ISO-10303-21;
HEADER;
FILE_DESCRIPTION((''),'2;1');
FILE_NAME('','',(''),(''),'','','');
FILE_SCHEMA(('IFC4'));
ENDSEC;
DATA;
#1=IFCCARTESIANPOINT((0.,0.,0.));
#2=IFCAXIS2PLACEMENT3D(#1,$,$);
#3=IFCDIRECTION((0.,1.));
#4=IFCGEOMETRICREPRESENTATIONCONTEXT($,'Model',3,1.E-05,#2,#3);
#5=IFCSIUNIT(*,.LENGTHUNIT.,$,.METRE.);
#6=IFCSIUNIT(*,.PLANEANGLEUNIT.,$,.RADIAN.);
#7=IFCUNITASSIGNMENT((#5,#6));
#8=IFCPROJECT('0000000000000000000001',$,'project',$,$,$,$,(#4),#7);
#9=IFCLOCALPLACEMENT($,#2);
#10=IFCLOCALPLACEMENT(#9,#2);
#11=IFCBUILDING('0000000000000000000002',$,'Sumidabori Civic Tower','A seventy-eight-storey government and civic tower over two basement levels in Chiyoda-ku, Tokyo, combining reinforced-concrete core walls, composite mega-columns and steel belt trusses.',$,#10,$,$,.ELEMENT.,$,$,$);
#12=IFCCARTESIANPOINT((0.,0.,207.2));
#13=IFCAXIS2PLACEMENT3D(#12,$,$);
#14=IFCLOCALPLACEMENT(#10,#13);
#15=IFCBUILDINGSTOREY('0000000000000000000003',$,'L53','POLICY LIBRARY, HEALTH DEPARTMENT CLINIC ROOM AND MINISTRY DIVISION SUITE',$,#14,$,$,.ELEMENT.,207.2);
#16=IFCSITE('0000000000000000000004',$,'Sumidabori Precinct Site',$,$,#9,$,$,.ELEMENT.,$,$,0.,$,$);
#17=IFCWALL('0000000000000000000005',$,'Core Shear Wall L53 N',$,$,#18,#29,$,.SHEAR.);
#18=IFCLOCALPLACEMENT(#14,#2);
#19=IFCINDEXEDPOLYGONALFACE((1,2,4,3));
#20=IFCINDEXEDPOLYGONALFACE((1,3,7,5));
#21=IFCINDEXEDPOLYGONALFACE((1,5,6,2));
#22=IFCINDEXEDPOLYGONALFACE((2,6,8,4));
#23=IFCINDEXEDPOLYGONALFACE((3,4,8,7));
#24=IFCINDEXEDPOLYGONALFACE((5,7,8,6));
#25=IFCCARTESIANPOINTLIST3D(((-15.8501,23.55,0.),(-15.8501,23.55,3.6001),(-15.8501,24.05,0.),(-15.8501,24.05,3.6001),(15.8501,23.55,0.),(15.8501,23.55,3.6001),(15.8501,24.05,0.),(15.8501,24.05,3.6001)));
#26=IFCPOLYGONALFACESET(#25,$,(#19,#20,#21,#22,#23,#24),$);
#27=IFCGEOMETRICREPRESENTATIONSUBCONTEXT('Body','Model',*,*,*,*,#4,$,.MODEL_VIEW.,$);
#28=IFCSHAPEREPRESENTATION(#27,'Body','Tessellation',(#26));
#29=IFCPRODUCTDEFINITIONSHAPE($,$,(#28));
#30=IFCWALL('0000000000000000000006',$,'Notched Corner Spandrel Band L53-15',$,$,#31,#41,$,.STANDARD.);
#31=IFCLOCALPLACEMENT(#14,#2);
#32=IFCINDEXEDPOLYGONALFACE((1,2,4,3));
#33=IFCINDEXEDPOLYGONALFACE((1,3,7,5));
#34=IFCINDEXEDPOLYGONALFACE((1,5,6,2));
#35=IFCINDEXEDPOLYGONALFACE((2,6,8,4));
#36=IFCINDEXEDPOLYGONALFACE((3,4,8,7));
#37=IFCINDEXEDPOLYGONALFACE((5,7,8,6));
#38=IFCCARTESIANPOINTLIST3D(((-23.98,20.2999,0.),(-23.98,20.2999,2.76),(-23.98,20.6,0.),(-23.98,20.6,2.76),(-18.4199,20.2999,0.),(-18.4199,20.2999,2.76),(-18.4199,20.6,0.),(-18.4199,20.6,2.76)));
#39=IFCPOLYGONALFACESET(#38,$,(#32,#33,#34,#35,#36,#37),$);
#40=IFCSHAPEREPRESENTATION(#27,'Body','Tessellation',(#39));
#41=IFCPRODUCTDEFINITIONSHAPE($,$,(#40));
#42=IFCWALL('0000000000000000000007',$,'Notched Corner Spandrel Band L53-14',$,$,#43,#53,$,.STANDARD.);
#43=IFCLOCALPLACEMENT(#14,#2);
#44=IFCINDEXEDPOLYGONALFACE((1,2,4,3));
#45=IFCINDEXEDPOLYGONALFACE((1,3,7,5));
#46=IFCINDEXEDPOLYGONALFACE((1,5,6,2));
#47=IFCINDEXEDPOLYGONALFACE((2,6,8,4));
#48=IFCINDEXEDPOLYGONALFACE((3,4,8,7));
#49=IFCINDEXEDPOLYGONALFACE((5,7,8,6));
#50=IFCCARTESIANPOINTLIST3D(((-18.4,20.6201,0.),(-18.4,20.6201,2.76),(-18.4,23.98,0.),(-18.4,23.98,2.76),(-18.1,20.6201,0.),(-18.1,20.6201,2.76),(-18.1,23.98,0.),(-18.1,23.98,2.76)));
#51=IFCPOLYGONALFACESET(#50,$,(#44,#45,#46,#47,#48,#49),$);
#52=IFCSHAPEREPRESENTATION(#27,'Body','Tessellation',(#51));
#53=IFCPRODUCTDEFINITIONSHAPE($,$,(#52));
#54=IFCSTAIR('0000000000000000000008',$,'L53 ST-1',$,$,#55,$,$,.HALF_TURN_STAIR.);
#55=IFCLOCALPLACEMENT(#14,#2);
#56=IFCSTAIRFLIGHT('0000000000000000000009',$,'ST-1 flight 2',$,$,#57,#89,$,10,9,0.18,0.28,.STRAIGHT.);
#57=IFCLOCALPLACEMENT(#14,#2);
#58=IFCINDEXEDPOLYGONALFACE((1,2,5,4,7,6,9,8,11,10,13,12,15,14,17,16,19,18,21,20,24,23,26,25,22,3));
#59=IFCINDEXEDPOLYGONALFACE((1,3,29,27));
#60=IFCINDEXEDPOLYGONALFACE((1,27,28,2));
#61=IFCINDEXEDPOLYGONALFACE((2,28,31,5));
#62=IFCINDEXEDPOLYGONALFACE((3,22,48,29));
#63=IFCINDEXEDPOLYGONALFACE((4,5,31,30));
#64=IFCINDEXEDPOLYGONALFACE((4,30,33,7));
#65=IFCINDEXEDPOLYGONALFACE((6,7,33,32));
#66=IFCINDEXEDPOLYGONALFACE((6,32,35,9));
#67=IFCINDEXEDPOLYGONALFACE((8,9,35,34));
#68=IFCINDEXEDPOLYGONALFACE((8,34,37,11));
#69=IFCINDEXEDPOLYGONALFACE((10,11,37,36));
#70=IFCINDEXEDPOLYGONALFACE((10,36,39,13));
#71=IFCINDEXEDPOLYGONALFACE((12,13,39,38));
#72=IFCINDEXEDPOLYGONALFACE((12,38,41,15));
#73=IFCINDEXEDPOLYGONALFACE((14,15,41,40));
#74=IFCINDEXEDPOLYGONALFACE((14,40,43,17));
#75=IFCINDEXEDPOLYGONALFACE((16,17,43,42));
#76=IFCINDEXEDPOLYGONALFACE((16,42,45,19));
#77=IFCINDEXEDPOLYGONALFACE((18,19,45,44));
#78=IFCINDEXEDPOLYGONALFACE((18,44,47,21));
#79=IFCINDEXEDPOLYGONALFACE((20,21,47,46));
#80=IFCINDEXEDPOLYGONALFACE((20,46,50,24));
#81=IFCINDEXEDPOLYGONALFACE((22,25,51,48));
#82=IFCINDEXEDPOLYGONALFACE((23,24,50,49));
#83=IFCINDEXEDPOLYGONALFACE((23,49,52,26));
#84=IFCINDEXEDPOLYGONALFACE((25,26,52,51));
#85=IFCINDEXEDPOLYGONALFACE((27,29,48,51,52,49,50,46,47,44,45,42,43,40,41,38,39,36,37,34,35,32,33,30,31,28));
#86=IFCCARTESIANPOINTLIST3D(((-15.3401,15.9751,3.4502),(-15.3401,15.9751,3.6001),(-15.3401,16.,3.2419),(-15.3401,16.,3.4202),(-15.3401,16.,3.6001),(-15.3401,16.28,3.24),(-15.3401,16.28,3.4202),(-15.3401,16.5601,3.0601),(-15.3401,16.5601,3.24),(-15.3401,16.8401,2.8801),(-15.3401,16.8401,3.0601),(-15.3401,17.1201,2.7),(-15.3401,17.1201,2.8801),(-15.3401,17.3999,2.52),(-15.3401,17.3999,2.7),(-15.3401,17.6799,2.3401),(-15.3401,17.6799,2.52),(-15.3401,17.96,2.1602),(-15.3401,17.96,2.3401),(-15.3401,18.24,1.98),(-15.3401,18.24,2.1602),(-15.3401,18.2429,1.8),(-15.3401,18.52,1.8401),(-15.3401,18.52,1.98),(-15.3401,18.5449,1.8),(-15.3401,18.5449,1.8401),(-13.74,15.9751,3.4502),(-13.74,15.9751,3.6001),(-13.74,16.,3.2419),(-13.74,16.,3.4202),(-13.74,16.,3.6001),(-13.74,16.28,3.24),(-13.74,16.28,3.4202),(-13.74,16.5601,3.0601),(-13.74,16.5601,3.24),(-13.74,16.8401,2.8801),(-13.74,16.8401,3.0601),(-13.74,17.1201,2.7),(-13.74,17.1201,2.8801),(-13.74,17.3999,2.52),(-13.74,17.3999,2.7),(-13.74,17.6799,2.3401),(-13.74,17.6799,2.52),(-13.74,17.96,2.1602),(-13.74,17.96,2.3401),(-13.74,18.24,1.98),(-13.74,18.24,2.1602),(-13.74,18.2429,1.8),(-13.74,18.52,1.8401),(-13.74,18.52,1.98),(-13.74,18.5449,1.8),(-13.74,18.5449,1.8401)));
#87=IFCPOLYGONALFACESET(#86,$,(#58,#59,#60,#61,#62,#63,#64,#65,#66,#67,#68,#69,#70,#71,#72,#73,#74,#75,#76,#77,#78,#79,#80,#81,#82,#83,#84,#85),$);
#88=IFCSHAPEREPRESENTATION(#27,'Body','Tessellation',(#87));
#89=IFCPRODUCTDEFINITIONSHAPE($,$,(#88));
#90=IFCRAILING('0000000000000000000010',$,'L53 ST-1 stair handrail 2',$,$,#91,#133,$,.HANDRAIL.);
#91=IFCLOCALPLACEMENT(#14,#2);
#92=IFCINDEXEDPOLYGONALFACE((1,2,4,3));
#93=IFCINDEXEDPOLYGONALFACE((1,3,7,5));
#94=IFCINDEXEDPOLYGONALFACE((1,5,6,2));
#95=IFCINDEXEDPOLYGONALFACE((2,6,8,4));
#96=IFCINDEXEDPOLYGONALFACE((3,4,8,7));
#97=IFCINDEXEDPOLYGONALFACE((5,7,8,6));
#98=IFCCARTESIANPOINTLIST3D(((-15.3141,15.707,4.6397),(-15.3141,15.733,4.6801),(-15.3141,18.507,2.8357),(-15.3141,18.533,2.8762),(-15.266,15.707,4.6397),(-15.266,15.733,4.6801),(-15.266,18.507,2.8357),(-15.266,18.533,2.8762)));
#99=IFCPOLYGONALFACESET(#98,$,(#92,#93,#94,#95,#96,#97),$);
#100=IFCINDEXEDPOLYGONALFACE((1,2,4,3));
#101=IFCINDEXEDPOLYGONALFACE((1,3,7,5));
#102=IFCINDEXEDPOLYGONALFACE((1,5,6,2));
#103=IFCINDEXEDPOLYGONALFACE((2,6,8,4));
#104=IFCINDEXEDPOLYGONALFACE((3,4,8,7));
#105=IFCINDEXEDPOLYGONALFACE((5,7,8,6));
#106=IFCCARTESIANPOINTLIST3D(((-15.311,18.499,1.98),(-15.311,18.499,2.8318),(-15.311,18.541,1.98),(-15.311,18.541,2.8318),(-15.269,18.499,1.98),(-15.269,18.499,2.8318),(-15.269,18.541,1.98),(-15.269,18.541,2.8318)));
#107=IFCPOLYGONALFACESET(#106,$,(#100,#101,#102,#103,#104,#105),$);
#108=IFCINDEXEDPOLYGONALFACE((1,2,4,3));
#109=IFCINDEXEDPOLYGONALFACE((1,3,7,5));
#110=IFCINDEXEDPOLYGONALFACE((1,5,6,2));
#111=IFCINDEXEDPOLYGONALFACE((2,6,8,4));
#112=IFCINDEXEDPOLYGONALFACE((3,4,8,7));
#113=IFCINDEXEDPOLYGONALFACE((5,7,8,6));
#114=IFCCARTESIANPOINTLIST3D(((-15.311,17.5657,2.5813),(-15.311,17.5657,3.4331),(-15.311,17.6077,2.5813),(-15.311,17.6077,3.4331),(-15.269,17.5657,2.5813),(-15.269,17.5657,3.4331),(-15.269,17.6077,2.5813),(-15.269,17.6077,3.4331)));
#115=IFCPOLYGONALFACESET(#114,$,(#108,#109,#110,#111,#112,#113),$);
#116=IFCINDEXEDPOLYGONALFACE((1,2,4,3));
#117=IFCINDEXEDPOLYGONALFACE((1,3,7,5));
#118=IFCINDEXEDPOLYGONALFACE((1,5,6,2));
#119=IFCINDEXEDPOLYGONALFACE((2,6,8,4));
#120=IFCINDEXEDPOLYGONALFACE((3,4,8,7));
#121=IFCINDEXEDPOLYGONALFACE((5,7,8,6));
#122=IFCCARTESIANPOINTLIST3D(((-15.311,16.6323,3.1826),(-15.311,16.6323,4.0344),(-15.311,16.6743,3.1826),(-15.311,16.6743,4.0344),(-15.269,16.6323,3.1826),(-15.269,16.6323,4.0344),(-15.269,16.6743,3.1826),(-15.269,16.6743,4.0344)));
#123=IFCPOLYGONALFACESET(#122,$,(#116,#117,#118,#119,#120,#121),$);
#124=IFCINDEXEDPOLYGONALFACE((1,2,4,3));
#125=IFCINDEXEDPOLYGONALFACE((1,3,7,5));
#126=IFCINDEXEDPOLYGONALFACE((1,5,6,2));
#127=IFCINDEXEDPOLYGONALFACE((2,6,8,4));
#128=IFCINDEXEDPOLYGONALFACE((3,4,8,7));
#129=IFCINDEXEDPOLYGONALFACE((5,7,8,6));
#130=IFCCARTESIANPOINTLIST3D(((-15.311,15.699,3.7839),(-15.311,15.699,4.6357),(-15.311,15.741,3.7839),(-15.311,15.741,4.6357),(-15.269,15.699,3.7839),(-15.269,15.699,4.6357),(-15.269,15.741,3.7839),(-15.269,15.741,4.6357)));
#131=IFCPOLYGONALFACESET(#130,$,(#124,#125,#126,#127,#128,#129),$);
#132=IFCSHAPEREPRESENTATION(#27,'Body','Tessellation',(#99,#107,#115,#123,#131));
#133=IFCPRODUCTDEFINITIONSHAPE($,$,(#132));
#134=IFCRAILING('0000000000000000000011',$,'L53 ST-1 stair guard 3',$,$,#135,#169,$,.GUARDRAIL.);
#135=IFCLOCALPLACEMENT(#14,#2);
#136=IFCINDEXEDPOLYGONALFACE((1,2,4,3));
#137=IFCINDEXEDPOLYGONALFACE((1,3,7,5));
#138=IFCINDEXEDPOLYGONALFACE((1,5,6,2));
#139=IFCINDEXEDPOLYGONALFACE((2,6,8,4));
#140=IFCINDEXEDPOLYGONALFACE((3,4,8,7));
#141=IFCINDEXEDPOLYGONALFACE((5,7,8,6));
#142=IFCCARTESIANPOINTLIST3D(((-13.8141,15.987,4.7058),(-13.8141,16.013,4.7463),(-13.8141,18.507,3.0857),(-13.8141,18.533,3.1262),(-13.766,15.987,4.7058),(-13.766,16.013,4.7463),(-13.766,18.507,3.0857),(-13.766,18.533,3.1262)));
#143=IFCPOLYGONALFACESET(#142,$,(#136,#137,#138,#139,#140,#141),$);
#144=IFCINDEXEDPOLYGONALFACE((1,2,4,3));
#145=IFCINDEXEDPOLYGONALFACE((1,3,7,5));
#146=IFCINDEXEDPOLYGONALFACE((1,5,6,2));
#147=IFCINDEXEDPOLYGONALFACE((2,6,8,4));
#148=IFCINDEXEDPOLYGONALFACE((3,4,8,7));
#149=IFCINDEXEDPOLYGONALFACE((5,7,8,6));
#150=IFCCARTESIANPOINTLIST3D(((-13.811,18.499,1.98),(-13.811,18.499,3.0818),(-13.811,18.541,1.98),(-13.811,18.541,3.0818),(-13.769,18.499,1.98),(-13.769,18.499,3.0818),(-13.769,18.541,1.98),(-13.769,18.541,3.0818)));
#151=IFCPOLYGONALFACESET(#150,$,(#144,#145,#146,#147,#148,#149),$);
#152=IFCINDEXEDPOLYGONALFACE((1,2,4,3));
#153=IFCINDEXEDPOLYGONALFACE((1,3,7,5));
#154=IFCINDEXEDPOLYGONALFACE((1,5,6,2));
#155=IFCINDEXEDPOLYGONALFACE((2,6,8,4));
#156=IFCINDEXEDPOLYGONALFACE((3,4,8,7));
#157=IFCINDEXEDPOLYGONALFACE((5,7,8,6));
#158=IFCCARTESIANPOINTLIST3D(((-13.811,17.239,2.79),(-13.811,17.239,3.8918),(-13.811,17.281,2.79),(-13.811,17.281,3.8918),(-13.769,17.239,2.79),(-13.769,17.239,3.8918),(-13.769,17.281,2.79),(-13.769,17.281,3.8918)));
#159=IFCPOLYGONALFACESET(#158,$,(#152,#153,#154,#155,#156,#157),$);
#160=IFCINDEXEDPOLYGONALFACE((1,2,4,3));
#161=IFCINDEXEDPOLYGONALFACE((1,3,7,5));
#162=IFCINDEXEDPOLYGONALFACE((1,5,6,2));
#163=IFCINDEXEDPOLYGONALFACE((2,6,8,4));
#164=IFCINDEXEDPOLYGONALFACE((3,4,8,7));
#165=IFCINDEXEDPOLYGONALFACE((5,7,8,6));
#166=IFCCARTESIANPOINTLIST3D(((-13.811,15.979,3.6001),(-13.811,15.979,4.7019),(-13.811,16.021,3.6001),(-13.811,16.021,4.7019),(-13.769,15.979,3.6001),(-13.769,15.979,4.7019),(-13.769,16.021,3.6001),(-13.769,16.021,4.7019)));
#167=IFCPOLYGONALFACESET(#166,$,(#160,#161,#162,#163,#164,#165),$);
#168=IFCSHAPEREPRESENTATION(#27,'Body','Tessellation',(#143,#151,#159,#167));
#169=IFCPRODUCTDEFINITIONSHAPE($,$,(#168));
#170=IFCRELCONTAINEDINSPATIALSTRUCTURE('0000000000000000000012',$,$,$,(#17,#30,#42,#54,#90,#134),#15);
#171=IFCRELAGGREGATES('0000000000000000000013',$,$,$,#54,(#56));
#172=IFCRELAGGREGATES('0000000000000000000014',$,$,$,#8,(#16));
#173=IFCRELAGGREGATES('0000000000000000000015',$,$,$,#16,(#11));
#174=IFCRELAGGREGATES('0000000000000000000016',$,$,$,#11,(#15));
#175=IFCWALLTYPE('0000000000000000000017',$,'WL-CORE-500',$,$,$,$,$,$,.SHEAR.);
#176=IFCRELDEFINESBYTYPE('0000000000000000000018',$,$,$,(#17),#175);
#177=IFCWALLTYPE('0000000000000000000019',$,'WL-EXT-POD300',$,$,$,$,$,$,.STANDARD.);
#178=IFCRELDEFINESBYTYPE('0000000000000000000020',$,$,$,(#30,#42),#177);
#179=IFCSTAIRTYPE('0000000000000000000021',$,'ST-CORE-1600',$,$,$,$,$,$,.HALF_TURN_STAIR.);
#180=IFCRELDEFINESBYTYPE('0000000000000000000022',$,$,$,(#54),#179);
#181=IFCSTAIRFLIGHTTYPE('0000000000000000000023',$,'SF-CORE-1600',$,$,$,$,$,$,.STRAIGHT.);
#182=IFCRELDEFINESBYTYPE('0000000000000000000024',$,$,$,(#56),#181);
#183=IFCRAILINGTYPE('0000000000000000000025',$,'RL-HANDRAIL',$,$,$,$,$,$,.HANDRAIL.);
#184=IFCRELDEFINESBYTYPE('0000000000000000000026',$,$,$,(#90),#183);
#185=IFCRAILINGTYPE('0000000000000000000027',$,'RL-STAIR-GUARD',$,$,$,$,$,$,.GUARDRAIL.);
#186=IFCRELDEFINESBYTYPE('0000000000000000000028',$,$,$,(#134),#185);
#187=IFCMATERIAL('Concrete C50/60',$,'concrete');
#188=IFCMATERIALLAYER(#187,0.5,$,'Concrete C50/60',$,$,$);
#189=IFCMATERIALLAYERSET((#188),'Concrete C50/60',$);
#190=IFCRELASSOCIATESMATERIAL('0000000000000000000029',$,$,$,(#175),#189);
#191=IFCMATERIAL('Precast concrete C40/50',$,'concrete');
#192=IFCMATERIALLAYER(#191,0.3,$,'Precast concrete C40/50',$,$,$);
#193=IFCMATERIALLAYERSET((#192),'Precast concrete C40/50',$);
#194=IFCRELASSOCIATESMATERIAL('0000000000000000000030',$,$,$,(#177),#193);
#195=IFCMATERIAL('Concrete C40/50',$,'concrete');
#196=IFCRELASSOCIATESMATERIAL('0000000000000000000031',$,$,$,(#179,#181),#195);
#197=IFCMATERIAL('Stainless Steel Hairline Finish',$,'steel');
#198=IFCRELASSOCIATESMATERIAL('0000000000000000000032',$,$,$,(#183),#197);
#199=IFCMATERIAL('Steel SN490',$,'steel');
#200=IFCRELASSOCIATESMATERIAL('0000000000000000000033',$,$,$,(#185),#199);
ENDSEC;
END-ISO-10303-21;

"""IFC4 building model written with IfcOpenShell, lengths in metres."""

from ifc_helpers import new_model, si_unit, direction, frame, frame_2d, origin, origin_2d, place, context, subcontext, project, spatial, polyline, rectangle, outline, extrude, source, transform, mapped, material, layer, layer_set, type_object, element, aggregate, save


model = new_model("IFC4")

# Units and contexts
model_context = context("Model", 3, precision=1e-05, world=origin(), true_north=direction((0.0, 1.0)))
body_context = subcontext(model_context, "Body", "Model", "MODEL_VIEW")
ifc_project = project(units=[si_unit("LENGTHUNIT", "METRE"), si_unit("PLANEANGLEUNIT", "RADIAN")], contexts=[model_context])

# Site, building, storey
site_placement = place(None, origin())
site = spatial("IfcSite", under=ifc_project, at=site_placement, Name="Sumidabori Precinct Site", CompositionType="ELEMENT", RefElevation=0.0)
building_placement = place(site_placement, origin())
building = spatial("IfcBuilding", under=site, at=building_placement, Name="Sumidabori Civic Tower", Description="A seventy-eight-storey government and civic tower over two basement levels in Chiyoda-ku, Tokyo, combining reinforced-concrete core walls, composite mega-columns and steel belt trusses.", CompositionType="ELEMENT")
storey_placement = place(building_placement, frame((0.0, 0.0, 207.2)))
storey = spatial("IfcBuildingStorey", under=building, at=storey_placement, Name="L53", Description="POLICY LIBRARY, HEALTH DEPARTMENT CLINIC ROOM AND MINISTRY DIVISION SUITE", CompositionType="ELEMENT", Elevation=207.2)

# Shared definitions
ifc_material_1 = material(Name="Steel SN490", Category="steel")

# Wall
ifc_material_2 = material(Name="Concrete C50/60", Category="concrete")
ifc_layer_1 = layer(ifc_material_2, 0.5, Name="Concrete C50/60")
ifc_layer_set_1 = layer_set([ifc_layer_1], Name="Concrete C50/60")
wall_type_1 = type_object("IfcWallType", Name="WL-CORE-500", PredefinedType="SHEAR", material=ifc_layer_set_1)
shared_shape_1 = source(origin(), body_context, "Body", "SweptSolid", [
    extrude(rectangle(XDim=31.7002, YDim=0.5, at=frame_2d((15.8501, 0.0))), origin(), (0.0, 0.0, 1.0), 3.6001),
])
wall_1_placement = place(storey_placement, frame((-15.8501, 23.8, 0.0), z_axis=(0.0, 0.0, 1.0), x_axis=(1.0, 0.0, 0.0)))
element("IfcWall", 1, at=wall_1_placement, inside=storey, type_object=wall_type_1, Name="Core Shear Wall L53 N", PredefinedType="SHEAR", context=body_context, shape_type="MappedRepresentation", body=[
    mapped(shared_shape_1, transform((0.0, 0.0, 0.0), x_axis=(1.0, 0.0, 0.0), y_axis=(0.0, 1.0, 0.0), z_axis=(0.0, 0.0, 1.0), scale=1.0)),
])

# Walls
ifc_material_3 = material(Name="Precast concrete C40/50", Category="concrete")
ifc_layer_2 = layer(ifc_material_3, 0.3, Name="Precast concrete C40/50")
ifc_layer_set_2 = layer_set([ifc_layer_2], Name="Precast concrete C40/50")
wall_type_2 = type_object("IfcWallType", Name="WL-EXT-POD300", PredefinedType="STANDARD", material=ifc_layer_set_2)
shared_shape_2 = source(origin(), body_context, "Body", "SweptSolid", [
    extrude(rectangle(XDim=5.5601, YDim=0.3, at=frame_2d((2.78, 0.0))), origin(), (0.0, 0.0, 1.0), 2.76),
])
wall_2_placement = place(storey_placement, frame((-18.4199, 20.45, 0.0), z_axis=(0.0, 0.0, 1.0), x_axis=(-1.0, 0.0, 0.0)))
element("IfcWall", 2, at=wall_2_placement, inside=storey, type_object=wall_type_2, Name="Notched Corner Spandrel Band L53-15", PredefinedType="STANDARD", context=body_context, shape_type="MappedRepresentation", body=[
    mapped(shared_shape_2, transform((0.0, 0.0, 0.0), x_axis=(1.0, 0.0, 0.0), y_axis=(0.0, 1.0, 0.0), z_axis=(0.0, 0.0, 1.0), scale=1.0)),
])
shared_shape_3 = source(origin(), body_context, "Body", "SweptSolid", [
    extrude(rectangle(XDim=3.3599, YDim=0.3, at=frame_2d((1.6799, 0.0))), origin(), (0.0, 0.0, 1.0), 2.76),
])
wall_3_placement = place(storey_placement, frame((-18.25, 23.98, 0.0), z_axis=(0.0, 0.0, 1.0), x_axis=(0.0, -1.0, 0.0)))
element("IfcWall", 3, at=wall_3_placement, inside=storey, type_object=wall_type_2, Name="Notched Corner Spandrel Band L53-14", PredefinedType="STANDARD", context=body_context, shape_type="MappedRepresentation", body=[
    mapped(shared_shape_3, transform((0.0, 0.0, 0.0), x_axis=(1.0, 0.0, 0.0), y_axis=(0.0, 1.0, 0.0), z_axis=(0.0, 0.0, 1.0), scale=1.0)),
])

# Stair, stair flight
ifc_material_4 = material(Name="Concrete C40/50", Category="concrete")
stair_type = type_object("IfcStairType", Name="ST-CORE-1600", PredefinedType="HALF_TURN_STAIR", material=ifc_material_4)
stair_placement = place(storey_placement, origin())
stair = element("IfcStair", 4, at=stair_placement, inside=storey, type_object=stair_type, Name="L53 ST-1", PredefinedType="HALF_TURN_STAIR")
stair_flight_type = type_object("IfcStairFlightType", Name="SF-CORE-1600", PredefinedType="STRAIGHT", material=ifc_material_4)
shared_shape_4 = source(origin(), body_context, "Body", "SweptSolid", [
    extrude(outline(polyline([(-0.0249, 0.0), (-0.0249, 0.04), (0.0, 0.04), (0.0, 0.1799), (0.28, 0.1799), (0.28, 0.3601), (0.5601, 0.3601), (0.5601, 0.54), (0.8401, 0.54), (0.8401, 0.72), (1.1201, 0.72), (1.1201, 0.8999), (1.3999, 0.8999), (1.3999, 1.0801), (1.6799, 1.0801), (1.6799, 1.26), (1.96, 1.26), (1.96, 1.4399), (2.24, 1.4399), (2.24, 1.6201), (2.52, 1.6201), (2.52, 1.8), (2.5449, 1.8), (2.5449, 1.6501), (2.52, 1.4419), (0.2771, 0.0), (-0.0249, 0.0)])), frame((0.0, 0.8, 0.0), z_axis=(0.0, -1.0, 0.0), x_axis=(1.0, 0.0, 0.0)), (0.0, 0.0, 1.0), 1.6001),
])
stair_flight_placement = place(storey_placement, frame((-14.54, 18.52, 1.8), z_axis=(0.0, 0.0, 1.0), x_axis=(0.0, -1.0, 0.0)))
stair_flight = element("IfcStairFlight", 5, at=stair_flight_placement, type_object=stair_flight_type, Name="ST-1 flight 2", NumberOfRisers=10, NumberOfTreads=9, PredefinedType="STRAIGHT", RiserHeight=0.18, TreadLength=0.28, context=body_context, shape_type="MappedRepresentation", body=[
    mapped(shared_shape_4, transform((0.0, 0.0, 0.0), x_axis=(1.0, 0.0, 0.0), y_axis=(0.0, 1.0, 0.0), z_axis=(0.0, 0.0, 1.0), scale=1.0)),
])
aggregate(stair, [stair_flight])

# Railings
ifc_material_5 = material(Name="Stainless Steel Hairline Finish", Category="steel")
railing_type_1 = type_object("IfcRailingType", Name="RL-HANDRAIL", PredefinedType="HANDRAIL", material=ifc_material_5)
railing_1_placement = place(storey_placement, frame((-15.29, 18.52, 1.98)))
element("IfcRailing", 6, at=railing_1_placement, inside=storey, type_object=railing_type_1, Name="L53 ST-1 stair handrail 2", PredefinedType="HANDRAIL", context=body_context, shape_type="SweptSolid", body=[
    extrude(rectangle(XDim=0.0481, YDim=0.0481, at=origin_2d()), frame((0.0, 0.0, 0.876), z_axis=(0.0, -0.840642, 0.541591), x_axis=(1.0, 0.0, 0.0)), (0.0, 0.0, 1.0), 3.3308),
    extrude(rectangle(XDim=0.042, YDim=0.042, at=origin_2d()), origin(), (0.0, 0.0, 1.0), 0.8518),
    extrude(rectangle(XDim=0.042, YDim=0.042, at=origin_2d()), frame((0.0, -0.9333, 0.6013)), (0.0, 0.0, 1.0), 0.8518),
    extrude(rectangle(XDim=0.042, YDim=0.042, at=origin_2d()), frame((0.0, -1.8667, 1.2026)), (0.0, 0.0, 1.0), 0.8518),
    extrude(rectangle(XDim=0.042, YDim=0.042, at=origin_2d()), frame((0.0, -2.8, 1.804)), (0.0, 0.0, 1.0), 0.8518),
])
railing_type_2 = type_object("IfcRailingType", Name="RL-STAIR-GUARD", PredefinedType="GUARDRAIL", material=ifc_material_1)
railing_2_placement = place(storey_placement, frame((-13.79, 18.52, 1.98)))
element("IfcRailing", 7, at=railing_2_placement, inside=storey, type_object=railing_type_2, Name="L53 ST-1 stair guard 3", PredefinedType="GUARDRAIL", context=body_context, shape_type="SweptSolid", body=[
    extrude(rectangle(XDim=0.0481, YDim=0.0481, at=origin_2d()), frame((0.0, 0.0, 1.126), z_axis=(0.0, -0.841163, 0.540782), x_axis=(1.0, 0.0, 0.0)), (0.0, 0.0, 1.0), 2.9958),
    extrude(rectangle(XDim=0.042, YDim=0.042, at=origin_2d()), origin(), (0.0, 0.0, 1.0), 1.1018),
    extrude(rectangle(XDim=0.042, YDim=0.042, at=origin_2d()), frame((0.0, -1.26, 0.8101)), (0.0, 0.0, 1.0), 1.1018),
    extrude(rectangle(XDim=0.042, YDim=0.042, at=origin_2d()), frame((0.0, -2.52, 1.6201)), (0.0, 0.0, 1.0), 1.1018),
])

save(model, "model.ifc")
